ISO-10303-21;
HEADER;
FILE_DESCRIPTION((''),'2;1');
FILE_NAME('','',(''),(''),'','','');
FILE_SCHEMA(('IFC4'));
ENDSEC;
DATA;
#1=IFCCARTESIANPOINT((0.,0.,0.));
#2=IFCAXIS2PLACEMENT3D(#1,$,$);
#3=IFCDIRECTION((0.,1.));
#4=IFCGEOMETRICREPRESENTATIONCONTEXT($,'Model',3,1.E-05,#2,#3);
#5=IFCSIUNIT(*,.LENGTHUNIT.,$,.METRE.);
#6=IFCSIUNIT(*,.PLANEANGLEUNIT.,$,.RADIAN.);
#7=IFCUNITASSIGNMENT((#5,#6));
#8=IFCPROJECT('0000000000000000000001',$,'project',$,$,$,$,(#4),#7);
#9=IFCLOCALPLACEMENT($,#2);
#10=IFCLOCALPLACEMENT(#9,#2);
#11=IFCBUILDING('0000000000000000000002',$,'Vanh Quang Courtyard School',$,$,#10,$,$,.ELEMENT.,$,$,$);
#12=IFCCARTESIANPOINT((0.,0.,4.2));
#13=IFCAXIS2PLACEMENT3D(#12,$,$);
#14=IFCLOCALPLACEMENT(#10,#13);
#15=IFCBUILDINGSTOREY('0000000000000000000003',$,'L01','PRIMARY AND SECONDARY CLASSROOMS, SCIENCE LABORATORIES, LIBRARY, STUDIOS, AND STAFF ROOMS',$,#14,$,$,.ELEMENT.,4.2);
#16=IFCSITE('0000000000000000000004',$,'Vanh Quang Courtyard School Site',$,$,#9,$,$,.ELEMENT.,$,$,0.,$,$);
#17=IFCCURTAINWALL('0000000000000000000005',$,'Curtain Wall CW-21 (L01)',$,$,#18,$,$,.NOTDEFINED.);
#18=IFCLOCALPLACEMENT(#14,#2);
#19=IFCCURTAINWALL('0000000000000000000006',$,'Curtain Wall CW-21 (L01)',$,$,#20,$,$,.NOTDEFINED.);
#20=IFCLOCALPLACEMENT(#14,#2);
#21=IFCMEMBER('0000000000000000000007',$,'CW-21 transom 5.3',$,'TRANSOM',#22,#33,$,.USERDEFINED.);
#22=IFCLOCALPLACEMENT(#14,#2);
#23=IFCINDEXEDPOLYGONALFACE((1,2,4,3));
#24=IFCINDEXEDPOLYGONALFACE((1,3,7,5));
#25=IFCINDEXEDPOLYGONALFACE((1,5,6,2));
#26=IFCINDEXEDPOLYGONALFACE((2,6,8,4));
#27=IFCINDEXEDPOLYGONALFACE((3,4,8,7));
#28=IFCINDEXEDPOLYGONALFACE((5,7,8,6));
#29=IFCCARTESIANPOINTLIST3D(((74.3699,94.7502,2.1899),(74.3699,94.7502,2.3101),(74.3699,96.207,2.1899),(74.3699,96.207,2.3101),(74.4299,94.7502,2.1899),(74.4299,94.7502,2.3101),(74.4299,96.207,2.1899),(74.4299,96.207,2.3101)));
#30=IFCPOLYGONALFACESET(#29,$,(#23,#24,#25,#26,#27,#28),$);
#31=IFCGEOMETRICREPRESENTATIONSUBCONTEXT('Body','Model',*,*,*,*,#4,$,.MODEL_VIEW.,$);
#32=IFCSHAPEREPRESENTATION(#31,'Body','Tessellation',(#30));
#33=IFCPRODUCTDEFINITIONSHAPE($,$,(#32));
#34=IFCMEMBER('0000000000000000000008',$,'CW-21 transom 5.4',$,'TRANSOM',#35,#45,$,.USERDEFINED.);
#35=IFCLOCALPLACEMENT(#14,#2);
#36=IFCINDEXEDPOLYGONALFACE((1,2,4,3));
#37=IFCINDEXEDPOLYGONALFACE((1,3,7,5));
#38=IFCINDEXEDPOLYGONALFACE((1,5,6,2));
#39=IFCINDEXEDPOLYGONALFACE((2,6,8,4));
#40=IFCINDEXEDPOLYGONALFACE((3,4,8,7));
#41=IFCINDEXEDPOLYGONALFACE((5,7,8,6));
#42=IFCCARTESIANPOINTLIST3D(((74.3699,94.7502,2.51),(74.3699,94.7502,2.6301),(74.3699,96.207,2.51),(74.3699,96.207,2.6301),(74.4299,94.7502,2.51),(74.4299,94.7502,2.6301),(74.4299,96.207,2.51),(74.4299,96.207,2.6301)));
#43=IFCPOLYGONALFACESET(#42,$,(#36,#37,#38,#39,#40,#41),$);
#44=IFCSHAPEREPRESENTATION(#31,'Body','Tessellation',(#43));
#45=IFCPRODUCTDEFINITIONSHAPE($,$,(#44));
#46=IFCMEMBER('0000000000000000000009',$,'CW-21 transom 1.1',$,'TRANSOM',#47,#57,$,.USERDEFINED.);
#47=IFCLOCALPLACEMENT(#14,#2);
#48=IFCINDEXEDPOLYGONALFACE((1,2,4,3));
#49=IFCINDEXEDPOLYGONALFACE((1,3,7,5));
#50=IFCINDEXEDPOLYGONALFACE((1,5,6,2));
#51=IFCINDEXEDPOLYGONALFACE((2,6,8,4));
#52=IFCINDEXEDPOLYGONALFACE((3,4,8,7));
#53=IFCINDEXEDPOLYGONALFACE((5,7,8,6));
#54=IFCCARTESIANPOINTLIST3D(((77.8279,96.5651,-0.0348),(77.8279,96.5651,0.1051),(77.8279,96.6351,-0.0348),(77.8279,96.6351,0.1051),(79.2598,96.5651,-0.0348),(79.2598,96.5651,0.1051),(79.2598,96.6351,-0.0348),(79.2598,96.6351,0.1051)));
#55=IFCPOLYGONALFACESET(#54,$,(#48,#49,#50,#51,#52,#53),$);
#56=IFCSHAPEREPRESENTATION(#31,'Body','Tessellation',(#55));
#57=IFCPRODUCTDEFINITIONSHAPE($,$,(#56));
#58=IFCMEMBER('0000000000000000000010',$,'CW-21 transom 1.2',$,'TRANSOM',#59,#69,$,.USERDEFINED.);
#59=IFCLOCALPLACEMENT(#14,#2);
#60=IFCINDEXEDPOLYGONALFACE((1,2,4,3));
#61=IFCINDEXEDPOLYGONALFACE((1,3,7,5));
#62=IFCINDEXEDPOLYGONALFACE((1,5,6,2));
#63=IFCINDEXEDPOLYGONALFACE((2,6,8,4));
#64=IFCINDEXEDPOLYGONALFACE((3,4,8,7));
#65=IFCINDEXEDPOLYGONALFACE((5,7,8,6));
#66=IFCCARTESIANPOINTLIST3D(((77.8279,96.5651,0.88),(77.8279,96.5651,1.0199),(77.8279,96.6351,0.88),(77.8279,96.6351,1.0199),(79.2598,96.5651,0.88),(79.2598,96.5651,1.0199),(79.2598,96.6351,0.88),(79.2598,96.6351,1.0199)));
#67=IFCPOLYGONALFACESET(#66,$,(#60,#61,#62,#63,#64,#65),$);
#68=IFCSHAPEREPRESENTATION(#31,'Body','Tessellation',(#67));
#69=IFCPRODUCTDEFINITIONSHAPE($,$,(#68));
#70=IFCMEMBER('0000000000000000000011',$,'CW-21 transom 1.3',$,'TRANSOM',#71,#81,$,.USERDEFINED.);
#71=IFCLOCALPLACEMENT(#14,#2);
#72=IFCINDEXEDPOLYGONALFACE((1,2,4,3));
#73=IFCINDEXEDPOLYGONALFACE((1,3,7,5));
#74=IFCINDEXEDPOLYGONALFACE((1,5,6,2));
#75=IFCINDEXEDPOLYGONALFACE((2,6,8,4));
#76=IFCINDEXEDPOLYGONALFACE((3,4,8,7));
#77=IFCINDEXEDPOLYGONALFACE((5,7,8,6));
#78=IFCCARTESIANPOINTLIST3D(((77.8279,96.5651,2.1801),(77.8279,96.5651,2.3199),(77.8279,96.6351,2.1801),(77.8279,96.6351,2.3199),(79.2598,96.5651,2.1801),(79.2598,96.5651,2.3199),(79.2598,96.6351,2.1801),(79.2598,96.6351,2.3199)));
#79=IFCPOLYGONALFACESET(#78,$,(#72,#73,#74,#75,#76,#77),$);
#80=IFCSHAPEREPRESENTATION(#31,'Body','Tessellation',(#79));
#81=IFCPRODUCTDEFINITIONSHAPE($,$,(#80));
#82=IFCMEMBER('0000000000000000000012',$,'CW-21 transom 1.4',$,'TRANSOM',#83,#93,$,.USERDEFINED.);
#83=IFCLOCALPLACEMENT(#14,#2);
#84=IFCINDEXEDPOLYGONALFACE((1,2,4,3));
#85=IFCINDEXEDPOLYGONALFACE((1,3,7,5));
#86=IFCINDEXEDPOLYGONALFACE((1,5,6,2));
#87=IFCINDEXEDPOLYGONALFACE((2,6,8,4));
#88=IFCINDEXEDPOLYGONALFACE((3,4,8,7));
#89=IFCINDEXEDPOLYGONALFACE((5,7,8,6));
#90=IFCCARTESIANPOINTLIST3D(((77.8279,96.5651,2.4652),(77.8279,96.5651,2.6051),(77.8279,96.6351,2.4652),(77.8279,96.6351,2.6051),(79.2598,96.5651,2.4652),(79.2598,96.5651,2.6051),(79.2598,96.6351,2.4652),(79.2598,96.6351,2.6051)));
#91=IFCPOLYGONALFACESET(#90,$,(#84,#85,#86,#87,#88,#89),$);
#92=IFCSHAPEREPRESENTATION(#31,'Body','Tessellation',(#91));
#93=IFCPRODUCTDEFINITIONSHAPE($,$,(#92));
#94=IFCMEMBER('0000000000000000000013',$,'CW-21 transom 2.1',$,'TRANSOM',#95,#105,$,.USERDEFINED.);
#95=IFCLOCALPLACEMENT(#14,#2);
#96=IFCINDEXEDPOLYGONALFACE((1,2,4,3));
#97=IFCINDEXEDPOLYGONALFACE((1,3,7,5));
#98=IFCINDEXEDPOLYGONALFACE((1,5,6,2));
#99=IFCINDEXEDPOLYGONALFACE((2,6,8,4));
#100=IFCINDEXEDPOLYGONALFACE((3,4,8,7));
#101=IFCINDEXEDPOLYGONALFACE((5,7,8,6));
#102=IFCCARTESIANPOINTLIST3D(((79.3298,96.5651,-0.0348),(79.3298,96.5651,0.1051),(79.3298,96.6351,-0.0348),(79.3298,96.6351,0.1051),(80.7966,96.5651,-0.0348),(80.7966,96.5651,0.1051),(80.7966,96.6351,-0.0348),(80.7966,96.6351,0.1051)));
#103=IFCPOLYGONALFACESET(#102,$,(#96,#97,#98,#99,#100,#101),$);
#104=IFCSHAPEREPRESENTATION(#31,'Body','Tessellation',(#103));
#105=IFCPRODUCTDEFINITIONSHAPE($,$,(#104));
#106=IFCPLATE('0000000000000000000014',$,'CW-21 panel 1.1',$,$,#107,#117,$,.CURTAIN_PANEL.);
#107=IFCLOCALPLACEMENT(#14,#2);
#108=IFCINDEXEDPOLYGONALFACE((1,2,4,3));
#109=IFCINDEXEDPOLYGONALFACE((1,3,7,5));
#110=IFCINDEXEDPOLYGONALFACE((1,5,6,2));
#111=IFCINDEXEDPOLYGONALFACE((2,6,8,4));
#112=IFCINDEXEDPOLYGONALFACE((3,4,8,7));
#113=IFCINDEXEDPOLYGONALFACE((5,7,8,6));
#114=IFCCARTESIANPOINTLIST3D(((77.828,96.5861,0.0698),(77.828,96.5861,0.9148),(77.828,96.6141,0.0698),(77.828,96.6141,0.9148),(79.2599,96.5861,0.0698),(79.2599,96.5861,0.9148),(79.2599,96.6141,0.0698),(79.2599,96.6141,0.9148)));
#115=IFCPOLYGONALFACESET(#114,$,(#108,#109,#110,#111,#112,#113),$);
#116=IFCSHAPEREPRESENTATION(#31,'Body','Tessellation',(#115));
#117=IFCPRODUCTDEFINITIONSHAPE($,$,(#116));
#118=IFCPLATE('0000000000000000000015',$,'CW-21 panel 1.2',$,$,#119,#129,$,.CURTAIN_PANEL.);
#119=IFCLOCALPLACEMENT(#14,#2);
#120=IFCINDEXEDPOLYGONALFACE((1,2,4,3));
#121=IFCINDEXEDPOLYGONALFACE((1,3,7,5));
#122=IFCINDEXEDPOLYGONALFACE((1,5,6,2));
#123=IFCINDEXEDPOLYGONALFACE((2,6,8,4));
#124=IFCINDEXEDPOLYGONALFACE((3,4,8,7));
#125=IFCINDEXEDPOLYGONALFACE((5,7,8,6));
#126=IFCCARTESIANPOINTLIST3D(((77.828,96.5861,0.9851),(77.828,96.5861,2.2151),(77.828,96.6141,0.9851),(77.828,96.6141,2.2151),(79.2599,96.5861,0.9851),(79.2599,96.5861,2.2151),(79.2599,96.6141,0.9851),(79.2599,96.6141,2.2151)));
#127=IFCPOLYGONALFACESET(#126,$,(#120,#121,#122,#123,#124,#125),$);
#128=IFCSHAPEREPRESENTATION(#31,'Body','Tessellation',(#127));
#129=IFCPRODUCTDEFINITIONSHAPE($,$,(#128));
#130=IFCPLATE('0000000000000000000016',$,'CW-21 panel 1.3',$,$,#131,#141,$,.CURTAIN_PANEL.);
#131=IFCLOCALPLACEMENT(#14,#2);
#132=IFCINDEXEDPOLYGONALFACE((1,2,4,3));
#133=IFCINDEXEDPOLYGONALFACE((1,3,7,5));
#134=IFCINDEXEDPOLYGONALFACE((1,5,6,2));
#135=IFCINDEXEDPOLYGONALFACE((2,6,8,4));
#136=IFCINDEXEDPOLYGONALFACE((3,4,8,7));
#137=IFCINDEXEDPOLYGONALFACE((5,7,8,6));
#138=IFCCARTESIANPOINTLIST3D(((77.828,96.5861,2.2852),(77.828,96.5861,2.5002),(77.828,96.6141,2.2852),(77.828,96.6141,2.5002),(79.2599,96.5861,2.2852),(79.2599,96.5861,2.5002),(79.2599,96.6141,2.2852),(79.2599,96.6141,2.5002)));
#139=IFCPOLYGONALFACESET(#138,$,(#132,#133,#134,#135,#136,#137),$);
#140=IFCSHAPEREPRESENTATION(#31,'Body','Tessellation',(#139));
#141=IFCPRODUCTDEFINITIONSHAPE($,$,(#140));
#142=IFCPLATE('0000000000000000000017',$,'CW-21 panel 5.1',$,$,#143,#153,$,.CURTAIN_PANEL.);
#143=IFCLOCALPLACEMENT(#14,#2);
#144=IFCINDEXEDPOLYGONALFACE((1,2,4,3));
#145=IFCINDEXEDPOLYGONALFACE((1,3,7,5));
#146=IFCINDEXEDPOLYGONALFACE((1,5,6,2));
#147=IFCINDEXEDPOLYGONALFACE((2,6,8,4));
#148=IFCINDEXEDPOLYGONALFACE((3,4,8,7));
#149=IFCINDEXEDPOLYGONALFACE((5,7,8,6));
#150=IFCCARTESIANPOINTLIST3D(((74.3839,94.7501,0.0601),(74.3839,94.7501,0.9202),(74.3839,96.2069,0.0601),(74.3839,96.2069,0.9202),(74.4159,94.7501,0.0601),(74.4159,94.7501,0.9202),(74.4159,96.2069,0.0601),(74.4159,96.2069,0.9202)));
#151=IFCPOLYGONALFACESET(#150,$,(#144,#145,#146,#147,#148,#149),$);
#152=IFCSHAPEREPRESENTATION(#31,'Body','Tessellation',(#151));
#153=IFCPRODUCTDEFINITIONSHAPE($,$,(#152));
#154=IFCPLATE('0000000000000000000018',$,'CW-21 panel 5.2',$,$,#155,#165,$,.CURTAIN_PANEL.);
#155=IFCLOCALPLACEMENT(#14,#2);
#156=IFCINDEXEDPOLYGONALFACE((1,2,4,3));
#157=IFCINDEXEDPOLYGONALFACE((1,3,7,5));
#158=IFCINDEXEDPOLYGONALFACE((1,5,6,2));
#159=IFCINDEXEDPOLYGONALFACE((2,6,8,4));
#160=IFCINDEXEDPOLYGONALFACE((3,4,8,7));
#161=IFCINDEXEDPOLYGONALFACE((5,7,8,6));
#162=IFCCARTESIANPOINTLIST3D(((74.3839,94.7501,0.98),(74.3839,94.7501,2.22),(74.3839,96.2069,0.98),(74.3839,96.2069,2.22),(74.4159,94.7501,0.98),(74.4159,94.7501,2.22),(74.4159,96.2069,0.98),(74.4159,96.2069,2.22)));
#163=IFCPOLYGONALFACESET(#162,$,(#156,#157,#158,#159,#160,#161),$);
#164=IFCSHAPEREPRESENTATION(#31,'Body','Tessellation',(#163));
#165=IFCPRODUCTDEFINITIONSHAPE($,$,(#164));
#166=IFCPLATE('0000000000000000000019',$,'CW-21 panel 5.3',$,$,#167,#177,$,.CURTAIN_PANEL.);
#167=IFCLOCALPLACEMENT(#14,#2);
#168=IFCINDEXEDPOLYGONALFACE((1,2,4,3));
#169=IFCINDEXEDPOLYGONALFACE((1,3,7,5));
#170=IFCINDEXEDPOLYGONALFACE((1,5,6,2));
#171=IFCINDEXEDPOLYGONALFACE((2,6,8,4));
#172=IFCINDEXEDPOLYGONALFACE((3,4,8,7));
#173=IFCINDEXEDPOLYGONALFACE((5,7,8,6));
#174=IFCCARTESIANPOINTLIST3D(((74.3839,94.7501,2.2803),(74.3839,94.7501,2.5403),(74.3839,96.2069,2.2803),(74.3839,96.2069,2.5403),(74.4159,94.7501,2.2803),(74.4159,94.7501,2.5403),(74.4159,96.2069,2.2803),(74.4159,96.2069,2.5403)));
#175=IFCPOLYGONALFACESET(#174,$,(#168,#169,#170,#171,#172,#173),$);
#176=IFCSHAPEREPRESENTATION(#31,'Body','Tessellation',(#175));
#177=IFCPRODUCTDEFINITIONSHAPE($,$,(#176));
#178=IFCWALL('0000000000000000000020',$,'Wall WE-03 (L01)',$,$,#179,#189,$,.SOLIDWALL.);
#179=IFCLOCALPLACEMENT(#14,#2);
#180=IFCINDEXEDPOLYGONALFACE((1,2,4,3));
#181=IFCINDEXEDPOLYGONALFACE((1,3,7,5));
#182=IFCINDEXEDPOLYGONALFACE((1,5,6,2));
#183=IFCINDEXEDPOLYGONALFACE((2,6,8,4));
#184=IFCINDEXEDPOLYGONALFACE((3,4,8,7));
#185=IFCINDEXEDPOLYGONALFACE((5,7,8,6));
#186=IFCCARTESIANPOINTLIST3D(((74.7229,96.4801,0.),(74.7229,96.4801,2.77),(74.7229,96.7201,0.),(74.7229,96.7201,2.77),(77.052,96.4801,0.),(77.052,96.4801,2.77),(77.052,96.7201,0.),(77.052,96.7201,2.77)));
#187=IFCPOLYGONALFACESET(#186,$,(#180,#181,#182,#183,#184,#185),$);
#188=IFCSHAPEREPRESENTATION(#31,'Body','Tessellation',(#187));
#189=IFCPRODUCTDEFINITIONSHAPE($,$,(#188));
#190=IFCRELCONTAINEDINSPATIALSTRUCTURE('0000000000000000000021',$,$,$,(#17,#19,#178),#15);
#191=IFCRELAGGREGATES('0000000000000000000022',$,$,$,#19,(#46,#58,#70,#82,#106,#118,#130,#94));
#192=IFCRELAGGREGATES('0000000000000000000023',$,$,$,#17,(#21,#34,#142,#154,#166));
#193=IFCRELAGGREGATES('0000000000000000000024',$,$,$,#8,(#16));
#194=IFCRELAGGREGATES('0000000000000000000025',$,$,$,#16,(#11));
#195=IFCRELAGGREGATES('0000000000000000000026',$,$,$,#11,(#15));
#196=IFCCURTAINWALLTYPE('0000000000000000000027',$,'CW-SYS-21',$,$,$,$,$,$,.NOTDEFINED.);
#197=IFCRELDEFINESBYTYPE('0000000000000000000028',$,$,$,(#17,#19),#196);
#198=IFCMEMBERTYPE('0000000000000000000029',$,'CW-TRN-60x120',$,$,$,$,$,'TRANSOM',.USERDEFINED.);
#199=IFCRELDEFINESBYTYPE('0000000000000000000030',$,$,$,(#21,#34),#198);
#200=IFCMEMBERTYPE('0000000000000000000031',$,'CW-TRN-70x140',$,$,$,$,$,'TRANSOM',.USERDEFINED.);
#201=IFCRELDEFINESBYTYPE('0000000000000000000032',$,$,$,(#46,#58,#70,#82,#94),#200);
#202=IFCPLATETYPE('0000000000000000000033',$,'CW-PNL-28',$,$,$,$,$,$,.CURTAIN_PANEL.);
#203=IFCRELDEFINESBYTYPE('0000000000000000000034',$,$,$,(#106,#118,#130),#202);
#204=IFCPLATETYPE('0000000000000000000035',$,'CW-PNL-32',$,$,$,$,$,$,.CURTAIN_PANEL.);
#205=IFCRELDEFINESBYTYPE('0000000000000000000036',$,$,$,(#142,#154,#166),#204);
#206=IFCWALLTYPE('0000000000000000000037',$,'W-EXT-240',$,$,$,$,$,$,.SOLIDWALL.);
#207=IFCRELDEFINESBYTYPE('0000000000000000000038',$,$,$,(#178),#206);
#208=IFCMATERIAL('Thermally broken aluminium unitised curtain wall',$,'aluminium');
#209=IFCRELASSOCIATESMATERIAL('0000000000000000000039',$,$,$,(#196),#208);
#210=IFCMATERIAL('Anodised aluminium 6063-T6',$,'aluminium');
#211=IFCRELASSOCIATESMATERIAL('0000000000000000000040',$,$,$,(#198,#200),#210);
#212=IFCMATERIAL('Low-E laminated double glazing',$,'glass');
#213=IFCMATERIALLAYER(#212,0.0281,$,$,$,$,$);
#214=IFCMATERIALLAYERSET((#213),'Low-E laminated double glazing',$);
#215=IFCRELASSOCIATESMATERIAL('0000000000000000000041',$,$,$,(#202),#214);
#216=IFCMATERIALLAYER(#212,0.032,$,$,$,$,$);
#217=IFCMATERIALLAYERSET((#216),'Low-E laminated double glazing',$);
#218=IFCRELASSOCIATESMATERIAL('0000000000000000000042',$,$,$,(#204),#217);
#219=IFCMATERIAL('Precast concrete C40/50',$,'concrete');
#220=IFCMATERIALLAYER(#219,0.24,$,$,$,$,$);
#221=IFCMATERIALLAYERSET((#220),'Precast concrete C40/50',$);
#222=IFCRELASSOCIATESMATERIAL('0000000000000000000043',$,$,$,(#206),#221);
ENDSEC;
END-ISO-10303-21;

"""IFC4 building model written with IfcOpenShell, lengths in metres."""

from ifc_helpers import new_model, si_unit, direction, frame, frame_2d, origin, origin_2d, place, context, subcontext, project, spatial, rectangle, extrude, material, layer, layer_set, material_profile, profile_set, type_object, element, aggregate, save


model = new_model("IFC4")

# Units and contexts
model_context = context("Model", 3, precision=1e-05, world=origin(), true_north=direction((0.0, 1.0)))
body_context = subcontext(model_context, "Body", "Model", "MODEL_VIEW")
ifc_project = project(units=[si_unit("LENGTHUNIT", "METRE"), si_unit("PLANEANGLEUNIT", "RADIAN")], contexts=[model_context])

# Site, building, storey
site_placement = place(None, origin())
site = spatial("IfcSite", under=ifc_project, at=site_placement, Name="Vanh Quang Courtyard School Site", CompositionType="ELEMENT", RefElevation=0.0)
building_placement = place(site_placement, origin())
building = spatial("IfcBuilding", under=site, at=building_placement, Name="Vanh Quang Courtyard School", CompositionType="ELEMENT")
storey_placement = place(building_placement, frame((0.0, 0.0, 4.2)))
storey = spatial("IfcBuildingStorey", under=building, at=storey_placement, Name="L01", Description="PRIMARY AND SECONDARY CLASSROOMS, SCIENCE LABORATORIES, LIBRARY, STUDIOS, AND STAFF ROOMS", CompositionType="ELEMENT", Elevation=4.2)

# Curtain walls
ifc_material_1 = material(Name="Thermally broken aluminium unitised curtain wall", Category="aluminium")
curtain_wall_type = type_object("IfcCurtainWallType", Name="CW-SYS-21", PredefinedType="NOTDEFINED", material=ifc_material_1)
curtain_wall_1_placement = place(storey_placement, origin())
curtain_wall_1 = element("IfcCurtainWall", 1, at=curtain_wall_1_placement, inside=storey, type_object=curtain_wall_type, Name="Curtain Wall CW-21 (L01)", PredefinedType="NOTDEFINED")
ifc_material_2 = material(Name="Anodised aluminium 6063-T6", Category="aluminium")
curtain_wall_2_placement = place(storey_placement, origin())
curtain_wall_2 = element("IfcCurtainWall", 2, at=curtain_wall_2_placement, inside=storey, type_object=curtain_wall_type, Name="Curtain Wall CW-21 (L01)", PredefinedType="NOTDEFINED")

# Members
ifc_material_profile_1 = material_profile(ifc_material_2, rectangle(XDim=0.0601, YDim=0.1201, at=origin_2d()), Name="ALU-TRN 60x120")
ifc_profile_set_1 = profile_set([ifc_material_profile_1], Name="Anodised aluminium 6063-T6")
member_type_1 = type_object("IfcMemberType", Name="CW-TRN-60x120", ElementType="TRANSOM", PredefinedType="USERDEFINED", material=ifc_profile_set_1)
member_1_placement = place(storey_placement, frame((74.3999, 94.7502, 2.25), z_axis=(0.0, 1.0, 0.0), x_axis=(-1.0, 0.0, 0.0)))
member_1 = element("IfcMember", 3, at=member_1_placement, type_object=member_type_1, Name="CW-21 transom 5.3", ObjectType="TRANSOM", PredefinedType="USERDEFINED", context=body_context, shape_type="SweptSolid", body=[
    extrude(rectangle(XDim=0.0601, YDim=0.1201, at=origin_2d()), origin(), (0.0, 0.0, 1.0), 1.4568),
])
member_2_placement = place(storey_placement, frame((74.3999, 94.7502, 2.5701), z_axis=(0.0, 1.0, 0.0), x_axis=(-1.0, 0.0, 0.0)))
member_2 = element("IfcMember", 4, at=member_2_placement, type_object=member_type_1, Name="CW-21 transom 5.4", ObjectType="TRANSOM", PredefinedType="USERDEFINED", context=body_context, shape_type="SweptSolid", body=[
    extrude(rectangle(XDim=0.0601, YDim=0.1201, at=origin_2d()), origin(), (0.0, 0.0, 1.0), 1.4568),
])
ifc_material_profile_2 = material_profile(ifc_material_2, rectangle(XDim=0.0701, YDim=0.1399, at=origin_2d()), Name="ALU-TRN 70x140")
ifc_profile_set_2 = profile_set([ifc_material_profile_2], Name="Anodised aluminium 6063-T6")
member_type_2 = type_object("IfcMemberType", Name="CW-TRN-70x140", ElementType="TRANSOM", PredefinedType="USERDEFINED", material=ifc_profile_set_2)
member_3_placement = place(storey_placement, frame((77.8279, 96.6001, 0.0352), z_axis=(1.0, 0.0, 0.0), x_axis=(0.0, 1.0, 0.0)))
member_3 = element("IfcMember", 5, at=member_3_placement, type_object=member_type_2, Name="CW-21 transom 1.1", ObjectType="TRANSOM", PredefinedType="USERDEFINED", context=body_context, shape_type="SweptSolid", body=[
    extrude(rectangle(XDim=0.0701, YDim=0.1399, at=origin_2d()), origin(), (0.0, 0.0, 1.0), 1.4319),
])
member_4_placement = place(storey_placement, frame((77.8279, 96.6001, 0.95), z_axis=(1.0, 0.0, 0.0), x_axis=(0.0, 1.0, 0.0)))
member_4 = element("IfcMember", 6, at=member_4_placement, type_object=member_type_2, Name="CW-21 transom 1.2", ObjectType="TRANSOM", PredefinedType="USERDEFINED", context=body_context, shape_type="SweptSolid", body=[
    extrude(rectangle(XDim=0.0701, YDim=0.1399, at=origin_2d()), origin(), (0.0, 0.0, 1.0), 1.4319),
])
member_5_placement = place(storey_placement, frame((77.8279, 96.6001, 2.25), z_axis=(1.0, 0.0, 0.0), x_axis=(0.0, 1.0, 0.0)))
member_5 = element("IfcMember", 7, at=member_5_placement, type_object=member_type_2, Name="CW-21 transom 1.3", ObjectType="TRANSOM", PredefinedType="USERDEFINED", context=body_context, shape_type="SweptSolid", body=[
    extrude(rectangle(XDim=0.0701, YDim=0.1399, at=origin_2d()), origin(), (0.0, 0.0, 1.0), 1.4319),
])
member_6_placement = place(storey_placement, frame((77.8279, 96.6001, 2.5352), z_axis=(1.0, 0.0, 0.0), x_axis=(0.0, 1.0, 0.0)))
member_6 = element("IfcMember", 8, at=member_6_placement, type_object=member_type_2, Name="CW-21 transom 1.4", ObjectType="TRANSOM", PredefinedType="USERDEFINED", context=body_context, shape_type="SweptSolid", body=[
    extrude(rectangle(XDim=0.0701, YDim=0.1399, at=origin_2d()), origin(), (0.0, 0.0, 1.0), 1.4319),
])
member_7_placement = place(storey_placement, frame((79.3298, 96.6001, 0.0352), z_axis=(1.0, 0.0, 0.0), x_axis=(0.0, 1.0, 0.0)))
member_7 = element("IfcMember", 9, at=member_7_placement, type_object=member_type_2, Name="CW-21 transom 2.1", ObjectType="TRANSOM", PredefinedType="USERDEFINED", context=body_context, shape_type="SweptSolid", body=[
    extrude(rectangle(XDim=0.0701, YDim=0.1399, at=origin_2d()), origin(), (0.0, 0.0, 1.0), 1.4668),
])

# Plates
ifc_material_3 = material(Name="Low-E laminated double glazing", Category="glass")
ifc_layer_1 = layer(ifc_material_3, 0.0281)
ifc_layer_set_1 = layer_set([ifc_layer_1], Name="Low-E laminated double glazing")
plate_type_1 = type_object("IfcPlateType", Name="CW-PNL-28", PredefinedType="CURTAIN_PANEL", material=ifc_layer_set_1)
plate_1_placement = place(storey_placement, frame((78.5439, 96.6001, 0.0698), z_axis=(0.0, 0.0, 1.0), x_axis=(1.0, 0.0, 0.0)))
plate_1 = element("IfcPlate", 10, at=plate_1_placement, type_object=plate_type_1, Name="CW-21 panel 1.1", PredefinedType="CURTAIN_PANEL", context=body_context, shape_type="SweptSolid", body=[
    extrude(rectangle(XDim=1.4319, YDim=0.0281, at=origin_2d()), origin(), (0.0, 0.0, 1.0), 0.845),
])
plate_2_placement = place(storey_placement, frame((78.5439, 96.6001, 0.9851), z_axis=(0.0, 0.0, 1.0), x_axis=(1.0, 0.0, 0.0)))
plate_2 = element("IfcPlate", 11, at=plate_2_placement, type_object=plate_type_1, Name="CW-21 panel 1.2", PredefinedType="CURTAIN_PANEL", context=body_context, shape_type="SweptSolid", body=[
    extrude(rectangle(XDim=1.4319, YDim=0.0281, at=origin_2d()), origin(), (0.0, 0.0, 1.0), 1.23),
])
plate_3_placement = place(storey_placement, frame((78.5439, 96.6001, 2.2852), z_axis=(0.0, 0.0, 1.0), x_axis=(1.0, 0.0, 0.0)))
plate_3 = element("IfcPlate", 12, at=plate_3_placement, type_object=plate_type_1, Name="CW-21 panel 1.3", PredefinedType="CURTAIN_PANEL", context=body_context, shape_type="SweptSolid", body=[
    extrude(rectangle(XDim=1.4319, YDim=0.0281, at=origin_2d()), origin(), (0.0, 0.0, 1.0), 0.2151),
])
aggregate(curtain_wall_2, [member_3, member_4, member_5, member_6, plate_1, plate_2, plate_3, member_7])
ifc_layer_2 = layer(ifc_material_3, 0.032)
ifc_layer_set_2 = layer_set([ifc_layer_2], Name="Low-E laminated double glazing")
plate_type_2 = type_object("IfcPlateType", Name="CW-PNL-32", PredefinedType="CURTAIN_PANEL", material=ifc_layer_set_2)
plate_4_placement = place(storey_placement, frame((74.3999, 95.4785, 0.0601), z_axis=(0.0, 0.0, 1.0), x_axis=(0.0, 1.0, 0.0)))
plate_4 = element("IfcPlate", 13, at=plate_4_placement, type_object=plate_type_2, Name="CW-21 panel 5.1", PredefinedType="CURTAIN_PANEL", context=body_context, shape_type="SweptSolid", body=[
    extrude(rectangle(XDim=1.4568, YDim=0.032, at=origin_2d()), origin(), (0.0, 0.0, 1.0), 0.8601),
])
plate_5_placement = place(storey_placement, frame((74.3999, 95.4785, 0.98), z_axis=(0.0, 0.0, 1.0), x_axis=(0.0, 1.0, 0.0)))
plate_5 = element("IfcPlate", 14, at=plate_5_placement, type_object=plate_type_2, Name="CW-21 panel 5.2", PredefinedType="CURTAIN_PANEL", context=body_context, shape_type="SweptSolid", body=[
    extrude(rectangle(XDim=1.4568, YDim=0.032, at=origin_2d()), origin(), (0.0, 0.0, 1.0), 1.24),
])
plate_6_placement = place(storey_placement, frame((74.3999, 95.4785, 2.2803), z_axis=(0.0, 0.0, 1.0), x_axis=(0.0, 1.0, 0.0)))
plate_6 = element("IfcPlate", 15, at=plate_6_placement, type_object=plate_type_2, Name="CW-21 panel 5.3", PredefinedType="CURTAIN_PANEL", context=body_context, shape_type="SweptSolid", body=[
    extrude(rectangle(XDim=1.4568, YDim=0.032, at=origin_2d()), origin(), (0.0, 0.0, 1.0), 0.26),
])
aggregate(curtain_wall_1, [member_1, member_2, plate_4, plate_5, plate_6])

# Wall
ifc_material_4 = material(Name="Precast concrete C40/50", Category="concrete")
ifc_layer_3 = layer(ifc_material_4, 0.24)
ifc_layer_set_3 = layer_set([ifc_layer_3], Name="Precast concrete C40/50")
wall_type = type_object("IfcWallType", Name="W-EXT-240", PredefinedType="SOLIDWALL", material=ifc_layer_set_3)
wall_placement = place(storey_placement, frame((74.7229, 96.6001, 0.0), z_axis=(0.0, 0.0, 1.0), x_axis=(1.0, 0.0, 0.0)))
element("IfcWall", 16, at=wall_placement, inside=storey, type_object=wall_type, Name="Wall WE-03 (L01)", PredefinedType="SOLIDWALL", context=body_context, shape_type="SweptSolid", body=[
    extrude(rectangle(XDim=2.3291, YDim=0.24, at=frame_2d((1.1646, 0.0))), origin(), (0.0, 0.0, 1.0), 2.77),
])

save(model, "model.ifc")
